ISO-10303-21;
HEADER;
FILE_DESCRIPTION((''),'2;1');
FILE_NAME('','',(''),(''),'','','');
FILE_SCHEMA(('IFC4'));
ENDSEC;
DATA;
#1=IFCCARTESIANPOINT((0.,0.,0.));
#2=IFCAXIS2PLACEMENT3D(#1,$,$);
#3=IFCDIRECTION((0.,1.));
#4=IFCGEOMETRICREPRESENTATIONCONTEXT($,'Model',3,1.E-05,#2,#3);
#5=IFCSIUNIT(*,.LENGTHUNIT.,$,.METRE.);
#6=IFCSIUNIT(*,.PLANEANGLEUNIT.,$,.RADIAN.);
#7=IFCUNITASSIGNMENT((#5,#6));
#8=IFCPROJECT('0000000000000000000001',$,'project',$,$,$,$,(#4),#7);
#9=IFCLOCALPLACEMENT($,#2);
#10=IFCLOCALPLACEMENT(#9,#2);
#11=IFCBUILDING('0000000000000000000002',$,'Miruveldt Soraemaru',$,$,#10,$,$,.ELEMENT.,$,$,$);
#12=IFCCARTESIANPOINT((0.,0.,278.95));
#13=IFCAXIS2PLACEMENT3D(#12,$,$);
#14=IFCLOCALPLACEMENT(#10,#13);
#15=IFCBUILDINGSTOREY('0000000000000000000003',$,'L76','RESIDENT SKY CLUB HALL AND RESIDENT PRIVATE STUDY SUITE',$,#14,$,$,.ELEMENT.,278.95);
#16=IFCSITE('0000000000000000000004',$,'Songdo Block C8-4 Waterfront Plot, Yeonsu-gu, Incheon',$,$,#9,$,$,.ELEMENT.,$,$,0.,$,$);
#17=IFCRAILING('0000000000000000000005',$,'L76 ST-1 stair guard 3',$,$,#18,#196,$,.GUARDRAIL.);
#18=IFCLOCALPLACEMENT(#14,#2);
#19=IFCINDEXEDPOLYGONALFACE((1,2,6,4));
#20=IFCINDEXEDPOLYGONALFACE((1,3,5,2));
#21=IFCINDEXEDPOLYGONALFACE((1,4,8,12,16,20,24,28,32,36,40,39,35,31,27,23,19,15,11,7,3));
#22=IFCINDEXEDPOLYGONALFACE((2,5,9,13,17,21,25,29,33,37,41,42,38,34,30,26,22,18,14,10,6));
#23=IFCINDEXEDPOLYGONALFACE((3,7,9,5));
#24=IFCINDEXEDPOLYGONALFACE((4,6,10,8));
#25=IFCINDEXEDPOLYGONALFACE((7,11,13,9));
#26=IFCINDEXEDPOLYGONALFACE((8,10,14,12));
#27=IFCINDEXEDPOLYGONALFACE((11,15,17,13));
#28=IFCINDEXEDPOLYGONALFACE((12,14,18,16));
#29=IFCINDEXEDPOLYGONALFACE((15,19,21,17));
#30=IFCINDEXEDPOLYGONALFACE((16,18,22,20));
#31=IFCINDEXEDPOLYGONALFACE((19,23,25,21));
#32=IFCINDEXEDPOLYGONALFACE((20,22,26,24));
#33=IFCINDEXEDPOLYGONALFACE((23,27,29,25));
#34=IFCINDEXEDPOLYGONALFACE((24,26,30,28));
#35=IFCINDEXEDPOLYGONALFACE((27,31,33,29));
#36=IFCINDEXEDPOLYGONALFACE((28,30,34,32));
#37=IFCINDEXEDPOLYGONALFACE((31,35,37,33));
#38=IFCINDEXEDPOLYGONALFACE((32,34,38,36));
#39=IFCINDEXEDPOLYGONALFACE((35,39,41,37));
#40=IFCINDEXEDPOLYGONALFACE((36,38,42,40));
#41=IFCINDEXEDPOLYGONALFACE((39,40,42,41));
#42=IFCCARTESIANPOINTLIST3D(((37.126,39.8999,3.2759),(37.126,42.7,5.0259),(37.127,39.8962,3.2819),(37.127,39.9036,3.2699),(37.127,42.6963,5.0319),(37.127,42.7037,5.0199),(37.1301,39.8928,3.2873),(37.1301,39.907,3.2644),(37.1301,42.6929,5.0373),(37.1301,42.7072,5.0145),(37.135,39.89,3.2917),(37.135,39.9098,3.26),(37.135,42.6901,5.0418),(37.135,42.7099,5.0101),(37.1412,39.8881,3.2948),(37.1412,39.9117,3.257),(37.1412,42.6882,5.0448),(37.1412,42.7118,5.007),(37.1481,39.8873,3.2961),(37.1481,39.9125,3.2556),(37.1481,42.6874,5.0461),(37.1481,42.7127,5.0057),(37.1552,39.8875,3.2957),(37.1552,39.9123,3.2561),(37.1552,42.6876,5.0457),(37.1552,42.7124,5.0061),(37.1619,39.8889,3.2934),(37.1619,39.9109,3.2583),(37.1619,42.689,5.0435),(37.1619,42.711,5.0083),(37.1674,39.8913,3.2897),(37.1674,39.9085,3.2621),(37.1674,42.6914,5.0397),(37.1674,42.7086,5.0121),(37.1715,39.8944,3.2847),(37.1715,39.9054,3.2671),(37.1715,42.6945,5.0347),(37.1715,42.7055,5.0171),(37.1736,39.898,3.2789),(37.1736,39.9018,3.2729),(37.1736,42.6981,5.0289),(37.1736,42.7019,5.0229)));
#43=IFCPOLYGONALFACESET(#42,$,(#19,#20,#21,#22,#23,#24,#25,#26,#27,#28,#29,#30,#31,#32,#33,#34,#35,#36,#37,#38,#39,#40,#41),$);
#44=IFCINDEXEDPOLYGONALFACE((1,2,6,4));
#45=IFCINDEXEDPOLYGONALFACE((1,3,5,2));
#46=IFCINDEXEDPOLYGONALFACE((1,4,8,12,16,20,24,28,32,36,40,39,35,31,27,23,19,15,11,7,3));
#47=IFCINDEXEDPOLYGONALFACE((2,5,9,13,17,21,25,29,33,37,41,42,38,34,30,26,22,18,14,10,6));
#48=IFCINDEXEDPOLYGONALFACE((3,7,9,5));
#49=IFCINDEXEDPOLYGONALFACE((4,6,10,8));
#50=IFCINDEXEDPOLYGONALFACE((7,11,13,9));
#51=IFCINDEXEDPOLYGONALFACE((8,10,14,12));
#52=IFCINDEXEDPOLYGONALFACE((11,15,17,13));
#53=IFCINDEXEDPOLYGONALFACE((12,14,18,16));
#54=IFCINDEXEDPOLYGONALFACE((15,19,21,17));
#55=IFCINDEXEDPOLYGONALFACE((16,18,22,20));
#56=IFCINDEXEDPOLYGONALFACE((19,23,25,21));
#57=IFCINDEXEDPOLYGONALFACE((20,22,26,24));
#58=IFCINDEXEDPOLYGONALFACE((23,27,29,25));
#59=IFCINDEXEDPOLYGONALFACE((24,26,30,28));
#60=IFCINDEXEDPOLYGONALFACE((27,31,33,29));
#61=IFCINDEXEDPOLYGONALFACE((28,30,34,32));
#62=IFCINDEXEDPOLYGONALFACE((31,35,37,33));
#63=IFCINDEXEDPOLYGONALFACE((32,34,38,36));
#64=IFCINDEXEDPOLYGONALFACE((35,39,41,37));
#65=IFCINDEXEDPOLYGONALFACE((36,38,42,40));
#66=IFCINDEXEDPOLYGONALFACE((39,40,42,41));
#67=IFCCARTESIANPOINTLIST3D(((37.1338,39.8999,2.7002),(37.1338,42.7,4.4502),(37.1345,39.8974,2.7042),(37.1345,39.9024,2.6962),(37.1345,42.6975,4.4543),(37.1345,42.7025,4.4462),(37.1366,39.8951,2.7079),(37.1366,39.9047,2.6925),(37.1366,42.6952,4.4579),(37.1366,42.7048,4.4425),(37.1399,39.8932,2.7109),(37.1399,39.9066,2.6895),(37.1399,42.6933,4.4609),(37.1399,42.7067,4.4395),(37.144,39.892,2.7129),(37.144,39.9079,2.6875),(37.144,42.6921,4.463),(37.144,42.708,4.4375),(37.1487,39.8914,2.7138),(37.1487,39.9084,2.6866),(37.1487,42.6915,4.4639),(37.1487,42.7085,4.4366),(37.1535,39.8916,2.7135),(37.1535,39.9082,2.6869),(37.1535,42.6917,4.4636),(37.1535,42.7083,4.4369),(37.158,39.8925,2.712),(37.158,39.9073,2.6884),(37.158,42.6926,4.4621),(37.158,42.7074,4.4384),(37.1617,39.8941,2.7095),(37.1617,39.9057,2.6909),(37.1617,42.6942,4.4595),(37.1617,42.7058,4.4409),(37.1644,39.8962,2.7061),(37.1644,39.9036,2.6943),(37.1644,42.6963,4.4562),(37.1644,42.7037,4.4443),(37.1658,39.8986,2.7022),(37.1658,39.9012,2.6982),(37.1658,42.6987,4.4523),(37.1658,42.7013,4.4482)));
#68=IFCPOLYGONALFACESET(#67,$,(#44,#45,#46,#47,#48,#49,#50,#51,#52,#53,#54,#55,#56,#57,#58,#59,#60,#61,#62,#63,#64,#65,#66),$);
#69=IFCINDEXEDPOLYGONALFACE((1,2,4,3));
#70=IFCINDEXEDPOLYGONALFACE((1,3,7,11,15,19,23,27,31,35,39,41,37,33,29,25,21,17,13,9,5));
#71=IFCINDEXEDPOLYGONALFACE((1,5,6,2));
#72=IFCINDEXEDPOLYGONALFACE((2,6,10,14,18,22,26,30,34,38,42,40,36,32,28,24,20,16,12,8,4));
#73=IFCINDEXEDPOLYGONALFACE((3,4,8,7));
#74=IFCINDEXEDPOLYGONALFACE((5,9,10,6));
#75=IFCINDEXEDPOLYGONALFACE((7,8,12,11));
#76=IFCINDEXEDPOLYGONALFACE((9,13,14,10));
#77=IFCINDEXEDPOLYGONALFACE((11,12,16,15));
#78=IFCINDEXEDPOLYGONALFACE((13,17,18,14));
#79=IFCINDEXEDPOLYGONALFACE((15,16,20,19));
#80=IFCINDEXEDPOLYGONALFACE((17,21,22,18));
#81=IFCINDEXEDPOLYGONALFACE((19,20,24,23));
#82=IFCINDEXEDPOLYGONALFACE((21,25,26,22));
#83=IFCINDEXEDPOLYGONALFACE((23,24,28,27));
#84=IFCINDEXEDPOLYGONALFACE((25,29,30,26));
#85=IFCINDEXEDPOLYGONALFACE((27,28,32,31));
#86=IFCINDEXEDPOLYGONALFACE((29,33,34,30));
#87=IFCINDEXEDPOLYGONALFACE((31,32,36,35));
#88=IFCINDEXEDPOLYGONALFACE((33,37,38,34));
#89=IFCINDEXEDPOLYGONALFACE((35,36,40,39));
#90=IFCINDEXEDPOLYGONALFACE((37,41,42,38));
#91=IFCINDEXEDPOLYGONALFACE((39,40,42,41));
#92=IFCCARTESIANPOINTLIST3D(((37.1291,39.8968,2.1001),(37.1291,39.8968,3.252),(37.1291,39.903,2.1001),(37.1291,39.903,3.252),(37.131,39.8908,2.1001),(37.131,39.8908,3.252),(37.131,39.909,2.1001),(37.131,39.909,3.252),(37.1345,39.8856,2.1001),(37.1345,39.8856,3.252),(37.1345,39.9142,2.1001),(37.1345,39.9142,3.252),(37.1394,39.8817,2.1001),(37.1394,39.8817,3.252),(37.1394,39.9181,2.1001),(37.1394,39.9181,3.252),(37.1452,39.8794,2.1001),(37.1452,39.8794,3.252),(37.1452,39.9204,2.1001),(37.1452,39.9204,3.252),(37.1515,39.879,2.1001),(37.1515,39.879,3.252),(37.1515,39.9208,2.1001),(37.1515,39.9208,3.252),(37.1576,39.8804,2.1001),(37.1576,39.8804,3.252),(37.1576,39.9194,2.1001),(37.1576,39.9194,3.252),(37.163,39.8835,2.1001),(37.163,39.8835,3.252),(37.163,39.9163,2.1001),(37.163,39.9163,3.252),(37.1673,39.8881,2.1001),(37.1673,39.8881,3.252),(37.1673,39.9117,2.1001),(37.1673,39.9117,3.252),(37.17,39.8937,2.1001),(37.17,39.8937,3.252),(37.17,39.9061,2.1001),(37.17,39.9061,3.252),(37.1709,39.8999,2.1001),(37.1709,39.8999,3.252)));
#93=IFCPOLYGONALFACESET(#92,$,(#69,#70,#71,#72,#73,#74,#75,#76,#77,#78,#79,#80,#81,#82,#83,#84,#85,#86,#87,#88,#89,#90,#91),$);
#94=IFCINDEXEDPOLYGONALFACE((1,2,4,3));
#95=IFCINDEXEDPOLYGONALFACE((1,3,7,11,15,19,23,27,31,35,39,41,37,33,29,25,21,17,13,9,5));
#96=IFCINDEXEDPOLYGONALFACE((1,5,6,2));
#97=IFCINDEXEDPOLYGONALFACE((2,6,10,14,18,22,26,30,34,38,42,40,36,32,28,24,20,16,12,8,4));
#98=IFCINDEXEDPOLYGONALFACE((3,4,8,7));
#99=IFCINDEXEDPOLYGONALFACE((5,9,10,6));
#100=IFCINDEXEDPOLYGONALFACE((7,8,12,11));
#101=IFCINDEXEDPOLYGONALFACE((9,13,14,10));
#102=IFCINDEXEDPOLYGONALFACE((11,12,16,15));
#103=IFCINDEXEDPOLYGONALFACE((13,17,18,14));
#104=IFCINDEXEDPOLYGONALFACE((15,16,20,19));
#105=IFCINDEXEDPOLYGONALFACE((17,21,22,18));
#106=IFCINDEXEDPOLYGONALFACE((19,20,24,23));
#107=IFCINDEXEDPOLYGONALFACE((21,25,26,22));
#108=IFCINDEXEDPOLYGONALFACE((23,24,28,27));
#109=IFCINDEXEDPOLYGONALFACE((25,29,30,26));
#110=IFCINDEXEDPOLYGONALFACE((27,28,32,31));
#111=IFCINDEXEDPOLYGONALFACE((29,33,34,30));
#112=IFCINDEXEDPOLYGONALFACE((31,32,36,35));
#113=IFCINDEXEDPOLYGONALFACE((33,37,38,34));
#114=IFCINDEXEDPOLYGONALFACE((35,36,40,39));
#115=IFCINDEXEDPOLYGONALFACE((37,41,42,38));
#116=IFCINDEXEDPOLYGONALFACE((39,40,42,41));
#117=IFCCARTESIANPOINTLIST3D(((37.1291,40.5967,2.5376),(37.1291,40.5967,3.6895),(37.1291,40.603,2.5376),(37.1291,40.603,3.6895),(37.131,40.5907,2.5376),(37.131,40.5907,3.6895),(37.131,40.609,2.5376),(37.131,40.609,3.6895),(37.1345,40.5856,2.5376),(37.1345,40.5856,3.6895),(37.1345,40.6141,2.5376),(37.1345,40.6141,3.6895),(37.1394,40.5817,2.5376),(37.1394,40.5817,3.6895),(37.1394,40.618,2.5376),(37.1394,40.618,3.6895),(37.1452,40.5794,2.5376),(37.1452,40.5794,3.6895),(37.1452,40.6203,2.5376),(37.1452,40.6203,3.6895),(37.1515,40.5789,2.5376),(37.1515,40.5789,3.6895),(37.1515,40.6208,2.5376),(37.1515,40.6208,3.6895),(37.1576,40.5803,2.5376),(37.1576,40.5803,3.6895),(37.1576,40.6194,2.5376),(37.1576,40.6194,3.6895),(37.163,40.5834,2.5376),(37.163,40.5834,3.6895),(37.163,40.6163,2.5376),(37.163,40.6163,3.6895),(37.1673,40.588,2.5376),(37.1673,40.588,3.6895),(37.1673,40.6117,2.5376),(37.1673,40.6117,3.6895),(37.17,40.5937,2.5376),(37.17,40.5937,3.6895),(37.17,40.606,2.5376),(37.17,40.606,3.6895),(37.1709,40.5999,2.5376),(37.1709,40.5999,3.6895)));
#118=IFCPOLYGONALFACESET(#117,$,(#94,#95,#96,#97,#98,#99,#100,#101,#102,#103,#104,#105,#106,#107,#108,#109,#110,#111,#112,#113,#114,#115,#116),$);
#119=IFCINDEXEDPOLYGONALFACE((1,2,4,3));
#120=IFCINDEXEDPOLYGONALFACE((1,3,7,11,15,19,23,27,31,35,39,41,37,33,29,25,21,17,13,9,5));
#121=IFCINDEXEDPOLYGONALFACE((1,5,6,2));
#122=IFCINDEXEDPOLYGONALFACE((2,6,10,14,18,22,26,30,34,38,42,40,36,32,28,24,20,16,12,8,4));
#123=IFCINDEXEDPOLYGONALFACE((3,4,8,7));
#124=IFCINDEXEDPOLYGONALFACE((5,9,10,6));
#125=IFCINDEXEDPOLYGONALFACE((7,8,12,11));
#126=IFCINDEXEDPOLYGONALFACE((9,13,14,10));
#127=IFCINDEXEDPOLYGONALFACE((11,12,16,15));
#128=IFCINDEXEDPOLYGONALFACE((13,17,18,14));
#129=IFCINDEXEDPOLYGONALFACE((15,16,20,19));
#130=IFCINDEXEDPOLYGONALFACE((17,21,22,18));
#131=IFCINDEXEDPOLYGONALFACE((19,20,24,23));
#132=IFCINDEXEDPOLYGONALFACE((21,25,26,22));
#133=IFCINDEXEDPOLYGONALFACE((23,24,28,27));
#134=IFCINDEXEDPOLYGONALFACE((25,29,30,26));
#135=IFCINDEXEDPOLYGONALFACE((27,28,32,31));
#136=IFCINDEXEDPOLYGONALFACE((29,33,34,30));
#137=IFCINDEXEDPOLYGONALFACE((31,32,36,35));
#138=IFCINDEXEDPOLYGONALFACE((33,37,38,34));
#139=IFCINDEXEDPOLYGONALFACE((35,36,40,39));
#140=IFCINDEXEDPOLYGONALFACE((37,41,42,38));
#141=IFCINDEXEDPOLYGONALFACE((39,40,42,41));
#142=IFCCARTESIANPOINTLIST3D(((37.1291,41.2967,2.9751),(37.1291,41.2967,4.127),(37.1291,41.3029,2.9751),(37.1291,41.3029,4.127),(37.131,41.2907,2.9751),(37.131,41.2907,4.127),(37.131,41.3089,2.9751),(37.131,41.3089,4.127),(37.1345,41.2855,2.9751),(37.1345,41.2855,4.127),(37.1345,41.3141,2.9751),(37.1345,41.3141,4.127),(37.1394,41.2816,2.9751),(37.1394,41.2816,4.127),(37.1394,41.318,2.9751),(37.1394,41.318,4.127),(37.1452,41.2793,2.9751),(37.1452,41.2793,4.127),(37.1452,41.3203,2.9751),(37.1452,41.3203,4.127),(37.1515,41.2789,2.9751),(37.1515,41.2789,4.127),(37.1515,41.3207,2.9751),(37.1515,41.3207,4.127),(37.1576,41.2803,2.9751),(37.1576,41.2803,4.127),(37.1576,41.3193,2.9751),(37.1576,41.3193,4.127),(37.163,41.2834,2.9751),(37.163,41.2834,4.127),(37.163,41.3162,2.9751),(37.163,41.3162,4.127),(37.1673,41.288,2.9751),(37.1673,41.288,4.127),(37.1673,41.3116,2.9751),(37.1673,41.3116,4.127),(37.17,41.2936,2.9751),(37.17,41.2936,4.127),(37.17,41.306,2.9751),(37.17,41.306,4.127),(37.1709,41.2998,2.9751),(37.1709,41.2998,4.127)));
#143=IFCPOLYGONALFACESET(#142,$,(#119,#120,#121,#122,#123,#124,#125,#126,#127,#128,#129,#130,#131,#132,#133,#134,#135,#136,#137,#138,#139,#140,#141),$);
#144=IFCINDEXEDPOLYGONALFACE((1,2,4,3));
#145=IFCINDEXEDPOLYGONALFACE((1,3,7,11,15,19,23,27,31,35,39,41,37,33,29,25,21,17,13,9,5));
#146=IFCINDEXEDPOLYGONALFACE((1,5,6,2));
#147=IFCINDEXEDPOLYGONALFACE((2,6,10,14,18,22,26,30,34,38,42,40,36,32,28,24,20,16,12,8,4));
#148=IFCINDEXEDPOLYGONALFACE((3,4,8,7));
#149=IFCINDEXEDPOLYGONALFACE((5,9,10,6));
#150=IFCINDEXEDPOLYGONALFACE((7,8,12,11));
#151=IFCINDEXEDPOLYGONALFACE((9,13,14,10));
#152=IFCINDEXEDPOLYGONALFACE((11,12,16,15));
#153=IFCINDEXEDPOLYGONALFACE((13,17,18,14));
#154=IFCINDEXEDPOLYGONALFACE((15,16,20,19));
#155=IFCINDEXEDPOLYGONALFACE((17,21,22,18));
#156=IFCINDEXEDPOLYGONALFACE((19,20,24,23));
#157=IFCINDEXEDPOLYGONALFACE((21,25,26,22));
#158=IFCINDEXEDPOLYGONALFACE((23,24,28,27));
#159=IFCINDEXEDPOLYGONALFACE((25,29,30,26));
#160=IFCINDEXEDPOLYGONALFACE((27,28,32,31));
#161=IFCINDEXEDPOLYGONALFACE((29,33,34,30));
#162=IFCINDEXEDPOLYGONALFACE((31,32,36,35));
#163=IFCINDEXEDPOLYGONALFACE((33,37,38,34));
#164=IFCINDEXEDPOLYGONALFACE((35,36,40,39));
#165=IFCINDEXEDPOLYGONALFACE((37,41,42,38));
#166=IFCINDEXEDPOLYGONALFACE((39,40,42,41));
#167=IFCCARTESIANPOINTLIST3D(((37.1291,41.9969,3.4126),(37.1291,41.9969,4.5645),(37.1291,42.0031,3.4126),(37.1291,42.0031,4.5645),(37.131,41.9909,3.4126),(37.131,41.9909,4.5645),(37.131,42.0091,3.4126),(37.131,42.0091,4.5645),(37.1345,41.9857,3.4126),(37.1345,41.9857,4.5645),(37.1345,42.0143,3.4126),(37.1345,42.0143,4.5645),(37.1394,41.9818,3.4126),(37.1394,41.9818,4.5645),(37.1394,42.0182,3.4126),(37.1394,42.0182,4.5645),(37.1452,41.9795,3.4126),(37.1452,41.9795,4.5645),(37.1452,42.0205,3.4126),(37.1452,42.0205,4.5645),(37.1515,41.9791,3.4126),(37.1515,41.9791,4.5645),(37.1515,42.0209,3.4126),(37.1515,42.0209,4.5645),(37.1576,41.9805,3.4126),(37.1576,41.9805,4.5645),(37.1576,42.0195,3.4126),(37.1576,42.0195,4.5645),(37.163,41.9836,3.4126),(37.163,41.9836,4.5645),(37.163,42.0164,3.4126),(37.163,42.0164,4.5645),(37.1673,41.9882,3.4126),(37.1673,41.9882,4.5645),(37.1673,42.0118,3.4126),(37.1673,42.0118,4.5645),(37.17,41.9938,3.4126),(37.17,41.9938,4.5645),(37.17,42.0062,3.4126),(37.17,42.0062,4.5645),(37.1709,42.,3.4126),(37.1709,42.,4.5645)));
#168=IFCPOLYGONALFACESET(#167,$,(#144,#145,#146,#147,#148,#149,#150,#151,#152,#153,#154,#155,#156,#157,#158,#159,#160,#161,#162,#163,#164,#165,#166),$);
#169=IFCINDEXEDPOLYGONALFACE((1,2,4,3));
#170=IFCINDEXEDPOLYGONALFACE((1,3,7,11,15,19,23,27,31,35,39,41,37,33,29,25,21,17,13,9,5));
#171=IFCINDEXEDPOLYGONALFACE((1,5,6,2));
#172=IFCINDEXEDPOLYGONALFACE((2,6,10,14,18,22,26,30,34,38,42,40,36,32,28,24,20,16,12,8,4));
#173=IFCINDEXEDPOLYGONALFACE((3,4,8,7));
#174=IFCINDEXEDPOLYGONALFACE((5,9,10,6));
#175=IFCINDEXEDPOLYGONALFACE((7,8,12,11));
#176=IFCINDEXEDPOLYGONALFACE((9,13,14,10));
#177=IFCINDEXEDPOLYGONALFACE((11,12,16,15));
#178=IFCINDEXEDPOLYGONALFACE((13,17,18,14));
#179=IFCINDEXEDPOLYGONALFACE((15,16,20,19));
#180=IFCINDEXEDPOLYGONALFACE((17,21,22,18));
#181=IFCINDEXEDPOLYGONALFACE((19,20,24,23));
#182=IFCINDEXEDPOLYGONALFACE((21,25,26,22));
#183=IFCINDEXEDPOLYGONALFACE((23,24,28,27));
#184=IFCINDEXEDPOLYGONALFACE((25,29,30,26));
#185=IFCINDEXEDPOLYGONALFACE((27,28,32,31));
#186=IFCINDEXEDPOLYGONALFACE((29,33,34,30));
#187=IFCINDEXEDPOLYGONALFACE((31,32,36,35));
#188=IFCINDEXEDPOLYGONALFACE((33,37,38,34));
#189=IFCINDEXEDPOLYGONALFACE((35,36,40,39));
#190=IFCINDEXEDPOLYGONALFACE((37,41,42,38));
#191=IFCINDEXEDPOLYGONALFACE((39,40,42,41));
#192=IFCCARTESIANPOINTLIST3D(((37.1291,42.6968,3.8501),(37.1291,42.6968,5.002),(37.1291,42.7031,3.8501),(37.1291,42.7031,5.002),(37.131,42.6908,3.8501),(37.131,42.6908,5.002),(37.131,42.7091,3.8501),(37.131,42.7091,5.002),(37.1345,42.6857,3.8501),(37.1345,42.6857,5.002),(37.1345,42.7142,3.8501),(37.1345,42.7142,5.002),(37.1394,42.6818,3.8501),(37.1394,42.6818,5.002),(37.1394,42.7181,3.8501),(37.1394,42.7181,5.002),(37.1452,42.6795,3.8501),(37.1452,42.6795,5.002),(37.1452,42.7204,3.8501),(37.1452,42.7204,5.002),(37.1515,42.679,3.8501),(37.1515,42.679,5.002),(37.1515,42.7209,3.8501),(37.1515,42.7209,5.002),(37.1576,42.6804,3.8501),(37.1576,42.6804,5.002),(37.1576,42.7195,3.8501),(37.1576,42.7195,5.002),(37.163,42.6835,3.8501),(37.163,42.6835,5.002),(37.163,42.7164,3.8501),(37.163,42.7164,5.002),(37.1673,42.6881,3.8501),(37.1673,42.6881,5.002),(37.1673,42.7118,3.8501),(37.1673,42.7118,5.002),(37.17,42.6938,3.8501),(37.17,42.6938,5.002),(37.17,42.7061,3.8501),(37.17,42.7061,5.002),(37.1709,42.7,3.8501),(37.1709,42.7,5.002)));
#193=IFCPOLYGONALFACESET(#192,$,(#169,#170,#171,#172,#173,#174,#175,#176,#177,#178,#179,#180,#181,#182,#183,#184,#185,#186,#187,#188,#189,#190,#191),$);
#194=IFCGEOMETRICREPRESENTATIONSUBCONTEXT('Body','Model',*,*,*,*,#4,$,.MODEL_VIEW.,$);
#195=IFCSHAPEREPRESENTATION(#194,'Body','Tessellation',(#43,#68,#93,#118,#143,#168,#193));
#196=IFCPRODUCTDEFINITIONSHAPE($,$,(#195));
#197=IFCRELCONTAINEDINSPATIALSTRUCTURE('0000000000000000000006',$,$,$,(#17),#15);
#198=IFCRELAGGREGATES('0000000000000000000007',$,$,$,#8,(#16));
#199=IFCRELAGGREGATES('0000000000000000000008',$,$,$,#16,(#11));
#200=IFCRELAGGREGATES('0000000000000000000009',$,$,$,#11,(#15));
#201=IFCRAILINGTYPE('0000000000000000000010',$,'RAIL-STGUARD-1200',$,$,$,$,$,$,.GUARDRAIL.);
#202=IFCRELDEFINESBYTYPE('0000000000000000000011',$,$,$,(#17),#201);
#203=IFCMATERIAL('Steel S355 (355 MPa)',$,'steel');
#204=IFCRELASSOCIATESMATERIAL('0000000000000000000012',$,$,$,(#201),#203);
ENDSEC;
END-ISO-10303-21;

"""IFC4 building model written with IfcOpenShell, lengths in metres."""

from ifc_helpers import new_model, si_unit, direction, frame, origin, origin_2d, place, context, subcontext, project, spatial, circle, extrude, material, type_object, element, save


model = new_model("IFC4")

# Units and contexts
model_context = context("Model", 3, precision=1e-05, world=origin(), true_north=direction((0.0, 1.0)))
body_context = subcontext(model_context, "Body", "Model", "MODEL_VIEW")
ifc_project = project(units=[si_unit("LENGTHUNIT", "METRE"), si_unit("PLANEANGLEUNIT", "RADIAN")], contexts=[model_context])

# Site, building, storey
site_placement = place(None, origin())
site = spatial("IfcSite", under=ifc_project, at=site_placement, Name="Songdo Block C8-4 Waterfront Plot, Yeonsu-gu, Incheon", CompositionType="ELEMENT", RefElevation=0.0)
building_placement = place(site_placement, origin())
building = spatial("IfcBuilding", under=site, at=building_placement, Name="Miruveldt Soraemaru", CompositionType="ELEMENT")
storey_placement = place(building_placement, frame((0.0, 0.0, 278.95)))
storey = spatial("IfcBuildingStorey", under=building, at=storey_placement, Name="L76", Description="RESIDENT SKY CLUB HALL AND RESIDENT PRIVATE STUDY SUITE", CompositionType="ELEMENT", Elevation=278.95)

# Railing
ifc_material_1 = material(Name="Steel S355 (355 MPa)", Category="steel")
railing_type_1 = type_object("IfcRailingType", Name="RAIL-STGUARD-1200", PredefinedType="GUARDRAIL", material=ifc_material_1)
railing_1_placement = place(storey_placement, frame((37.1499, 39.8999, 2.1001)))
element("IfcRailing", 1, at=railing_1_placement, inside=storey, type_object=railing_type_1, Name="L76 ST-1 stair guard 3", PredefinedType="GUARDRAIL", context=body_context, shape_type="SweptSolid", body=[
    extrude(circle(Radius=0.0239, at=origin_2d()), frame((0.0, 0.0, 1.1758), z_axis=(0.0, 0.848002, 0.529992), x_axis=(-1.0, 0.0, 0.0)), (0.0, 0.0, 1.0), 3.302),
    extrude(circle(Radius=0.0161, at=origin_2d()), frame((0.0, 0.0, 0.6001), z_axis=(0.0, 0.848002, 0.529992), x_axis=(-1.0, 0.0, 0.0)), (0.0, 0.0, 1.0), 3.302),
    extrude(circle(Radius=0.021, at=origin_2d()), origin(), (0.0, 0.0, 1.0), 1.1519),
    extrude(circle(Radius=0.021, at=origin_2d()), frame((0.0, 0.7, 0.4375)), (0.0, 0.0, 1.0), 1.1519),
    extrude(circle(Radius=0.021, at=origin_2d()), frame((0.0, 1.3999, 0.875)), (0.0, 0.0, 1.0), 1.1519),
    extrude(circle(Radius=0.021, at=origin_2d()), frame((0.0, 2.1001, 1.3125)), (0.0, 0.0, 1.0), 1.1519),
    extrude(circle(Radius=0.021, at=origin_2d()), frame((0.0, 2.8, 1.75)), (0.0, 0.0, 1.0), 1.1519),
])

save(model, "model.ifc")
